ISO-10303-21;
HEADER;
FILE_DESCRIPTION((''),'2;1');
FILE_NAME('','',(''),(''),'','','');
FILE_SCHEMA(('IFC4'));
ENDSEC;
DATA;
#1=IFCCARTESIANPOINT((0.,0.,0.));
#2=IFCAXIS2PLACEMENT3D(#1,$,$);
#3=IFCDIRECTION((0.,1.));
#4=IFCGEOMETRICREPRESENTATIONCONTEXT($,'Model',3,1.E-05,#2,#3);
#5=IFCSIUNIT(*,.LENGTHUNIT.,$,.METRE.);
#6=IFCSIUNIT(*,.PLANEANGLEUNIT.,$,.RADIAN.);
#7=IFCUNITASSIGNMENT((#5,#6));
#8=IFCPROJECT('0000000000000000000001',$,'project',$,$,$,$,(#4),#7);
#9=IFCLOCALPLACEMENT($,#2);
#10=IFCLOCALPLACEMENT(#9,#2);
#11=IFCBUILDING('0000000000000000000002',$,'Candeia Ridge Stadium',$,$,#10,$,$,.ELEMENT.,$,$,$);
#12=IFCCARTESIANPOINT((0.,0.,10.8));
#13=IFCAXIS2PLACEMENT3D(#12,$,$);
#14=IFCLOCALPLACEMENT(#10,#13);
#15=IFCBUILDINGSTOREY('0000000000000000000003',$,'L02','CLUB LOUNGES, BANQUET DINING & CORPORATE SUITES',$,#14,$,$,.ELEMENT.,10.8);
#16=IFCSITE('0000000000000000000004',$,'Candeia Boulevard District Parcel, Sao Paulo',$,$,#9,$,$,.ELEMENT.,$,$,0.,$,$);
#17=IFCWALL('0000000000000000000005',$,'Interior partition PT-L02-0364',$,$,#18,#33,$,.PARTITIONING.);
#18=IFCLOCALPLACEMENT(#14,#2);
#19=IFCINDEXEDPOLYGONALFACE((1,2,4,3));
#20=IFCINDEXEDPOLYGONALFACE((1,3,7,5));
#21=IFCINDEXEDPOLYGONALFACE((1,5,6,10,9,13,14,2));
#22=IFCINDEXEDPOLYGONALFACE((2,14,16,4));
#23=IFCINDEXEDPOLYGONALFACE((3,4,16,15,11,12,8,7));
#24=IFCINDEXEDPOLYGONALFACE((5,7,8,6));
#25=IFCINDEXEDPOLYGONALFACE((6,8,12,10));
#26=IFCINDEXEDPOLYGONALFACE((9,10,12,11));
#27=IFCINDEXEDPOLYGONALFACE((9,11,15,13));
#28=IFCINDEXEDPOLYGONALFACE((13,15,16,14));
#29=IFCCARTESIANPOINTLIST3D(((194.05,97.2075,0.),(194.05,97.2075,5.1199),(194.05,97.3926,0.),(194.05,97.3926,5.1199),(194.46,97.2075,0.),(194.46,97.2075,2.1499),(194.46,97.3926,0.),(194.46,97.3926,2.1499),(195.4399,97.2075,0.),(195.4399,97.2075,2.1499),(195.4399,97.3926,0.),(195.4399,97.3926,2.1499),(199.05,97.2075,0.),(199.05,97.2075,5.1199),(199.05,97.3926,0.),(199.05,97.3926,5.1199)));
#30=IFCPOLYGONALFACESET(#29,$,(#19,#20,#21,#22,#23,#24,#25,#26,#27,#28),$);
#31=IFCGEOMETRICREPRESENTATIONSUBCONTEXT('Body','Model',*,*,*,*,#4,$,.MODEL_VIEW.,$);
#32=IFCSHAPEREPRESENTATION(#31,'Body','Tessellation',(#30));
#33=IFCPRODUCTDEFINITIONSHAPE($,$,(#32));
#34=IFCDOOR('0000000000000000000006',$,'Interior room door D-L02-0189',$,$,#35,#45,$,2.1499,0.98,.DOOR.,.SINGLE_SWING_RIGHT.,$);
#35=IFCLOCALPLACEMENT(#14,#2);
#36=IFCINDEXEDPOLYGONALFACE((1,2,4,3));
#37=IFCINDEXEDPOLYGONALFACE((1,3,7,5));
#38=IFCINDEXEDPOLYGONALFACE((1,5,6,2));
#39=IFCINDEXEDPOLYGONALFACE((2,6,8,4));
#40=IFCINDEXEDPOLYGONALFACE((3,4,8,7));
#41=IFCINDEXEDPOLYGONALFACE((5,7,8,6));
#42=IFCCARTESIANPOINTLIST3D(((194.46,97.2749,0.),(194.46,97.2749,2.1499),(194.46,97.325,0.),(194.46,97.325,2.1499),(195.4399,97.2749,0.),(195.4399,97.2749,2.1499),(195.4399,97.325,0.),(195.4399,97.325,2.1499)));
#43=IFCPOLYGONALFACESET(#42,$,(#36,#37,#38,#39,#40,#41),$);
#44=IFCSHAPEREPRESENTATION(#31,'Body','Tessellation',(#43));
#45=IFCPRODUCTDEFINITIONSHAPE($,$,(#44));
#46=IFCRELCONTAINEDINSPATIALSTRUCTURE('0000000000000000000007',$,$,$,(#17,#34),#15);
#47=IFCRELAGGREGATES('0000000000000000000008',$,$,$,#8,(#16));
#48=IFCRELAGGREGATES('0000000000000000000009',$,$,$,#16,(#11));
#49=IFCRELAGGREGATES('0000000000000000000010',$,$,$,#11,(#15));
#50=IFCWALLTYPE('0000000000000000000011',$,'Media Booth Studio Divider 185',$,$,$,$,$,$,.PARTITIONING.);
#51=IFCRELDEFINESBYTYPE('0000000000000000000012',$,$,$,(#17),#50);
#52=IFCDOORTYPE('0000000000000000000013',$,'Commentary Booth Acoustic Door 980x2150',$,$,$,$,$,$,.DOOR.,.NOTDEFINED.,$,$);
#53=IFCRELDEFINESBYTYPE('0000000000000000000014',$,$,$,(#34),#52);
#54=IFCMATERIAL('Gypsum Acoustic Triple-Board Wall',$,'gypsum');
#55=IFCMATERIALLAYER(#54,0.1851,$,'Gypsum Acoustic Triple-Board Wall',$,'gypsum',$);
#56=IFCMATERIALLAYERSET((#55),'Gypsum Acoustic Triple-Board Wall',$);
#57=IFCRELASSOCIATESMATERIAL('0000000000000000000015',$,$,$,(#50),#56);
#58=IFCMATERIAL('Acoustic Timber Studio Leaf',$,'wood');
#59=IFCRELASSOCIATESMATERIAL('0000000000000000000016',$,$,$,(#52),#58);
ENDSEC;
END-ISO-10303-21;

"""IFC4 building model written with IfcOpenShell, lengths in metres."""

from ifc_helpers import new_model, si_unit, direction, frame, frame_2d, origin, place, context, subcontext, project, spatial, rectangle, extrude, material, layer, layer_set, type_object, element, fill, save


model = new_model("IFC4")

# Units and contexts
model_context = context("Model", 3, precision=1e-05, world=origin(), true_north=direction((0.0, 1.0)))
body_context = subcontext(model_context, "Body", "Model", "MODEL_VIEW")
ifc_project = project(units=[si_unit("LENGTHUNIT", "METRE"), si_unit("PLANEANGLEUNIT", "RADIAN")], contexts=[model_context])

# Site, building, storey
site_placement = place(None, origin())
site = spatial("IfcSite", under=ifc_project, at=site_placement, Name="Candeia Boulevard District Parcel, Sao Paulo", CompositionType="ELEMENT", RefElevation=0.0)
building_placement = place(site_placement, origin())
building = spatial("IfcBuilding", under=site, at=building_placement, Name="Candeia Ridge Stadium", CompositionType="ELEMENT")
storey_placement = place(building_placement, frame((0.0, 0.0, 10.8)))
storey = spatial("IfcBuildingStorey", under=building, at=storey_placement, Name="L02", Description="CLUB LOUNGES, BANQUET DINING & CORPORATE SUITES", CompositionType="ELEMENT", Elevation=10.8)

# Wall, opening, door
ifc_material_1 = material(Name="Gypsum Acoustic Triple-Board Wall", Category="gypsum")
ifc_layer_1 = layer(ifc_material_1, 0.1851, Name="Gypsum Acoustic Triple-Board Wall", Category="gypsum")
ifc_layer_set_1 = layer_set([ifc_layer_1], Name="Gypsum Acoustic Triple-Board Wall")
wall_type_1 = type_object("IfcWallType", Name="Media Booth Studio Divider 185", PredefinedType="PARTITIONING", material=ifc_layer_set_1)
wall_1_placement = place(storey_placement, frame((194.05, 97.3, 0.0), z_axis=(0.0, 0.0, 1.0), x_axis=(1.0, 0.0, 0.0)))
wall_1 = element("IfcWall", 1, at=wall_1_placement, inside=storey, type_object=wall_type_1, Name="Interior partition PT-L02-0364", PredefinedType="PARTITIONING", context=body_context, shape_type="SweptSolid", body=[
    extrude(rectangle(XDim=5.0, YDim=0.1851, at=frame_2d((2.5, 0.0))), origin(), (0.0, 0.0, 1.0), 5.1199),
])
opening_placement = place(wall_1_placement, frame((0.4099, 0.0, 0.0)))
opening = element("IfcOpeningElement", 2, at=opening_placement, cuts=wall_1, PredefinedType="OPENING", context=body_context, shape_type="SweptSolid", body=[
    extrude(rectangle(XDim=0.98, YDim=2.1499, at=frame_2d((0.49, 1.075))), frame((0.0, 0.1025, 0.0), z_axis=(0.0, -1.0, 0.0), x_axis=(1.0, 0.0, 0.0)), (0.0, 0.0, 1.0), 0.2051),
])
ifc_material_2 = material(Name="Acoustic Timber Studio Leaf", Category="wood")
door_type = type_object("IfcDoorType", Name="Commentary Booth Acoustic Door 980x2150", OperationType="NOTDEFINED", PredefinedType="DOOR", material=ifc_material_2)
door_placement = place(opening_placement, origin())
door = element("IfcDoor", 3, at=door_placement, inside=storey, type_object=door_type, Name="Interior room door D-L02-0189", OperationType="SINGLE_SWING_RIGHT", OverallHeight=2.1499, OverallWidth=0.98, PredefinedType="DOOR", context=body_context, shape_type="SweptSolid", body=[
    extrude(rectangle(XDim=0.98, YDim=2.1499, at=frame_2d((0.49, 1.075))), frame((0.0, 0.0249, 0.0), z_axis=(0.0, -1.0, 0.0), x_axis=(1.0, 0.0, 0.0)), (0.0, 0.0, 1.0), 0.05),
])
fill(opening, door)

save(model, "model.ifc")
